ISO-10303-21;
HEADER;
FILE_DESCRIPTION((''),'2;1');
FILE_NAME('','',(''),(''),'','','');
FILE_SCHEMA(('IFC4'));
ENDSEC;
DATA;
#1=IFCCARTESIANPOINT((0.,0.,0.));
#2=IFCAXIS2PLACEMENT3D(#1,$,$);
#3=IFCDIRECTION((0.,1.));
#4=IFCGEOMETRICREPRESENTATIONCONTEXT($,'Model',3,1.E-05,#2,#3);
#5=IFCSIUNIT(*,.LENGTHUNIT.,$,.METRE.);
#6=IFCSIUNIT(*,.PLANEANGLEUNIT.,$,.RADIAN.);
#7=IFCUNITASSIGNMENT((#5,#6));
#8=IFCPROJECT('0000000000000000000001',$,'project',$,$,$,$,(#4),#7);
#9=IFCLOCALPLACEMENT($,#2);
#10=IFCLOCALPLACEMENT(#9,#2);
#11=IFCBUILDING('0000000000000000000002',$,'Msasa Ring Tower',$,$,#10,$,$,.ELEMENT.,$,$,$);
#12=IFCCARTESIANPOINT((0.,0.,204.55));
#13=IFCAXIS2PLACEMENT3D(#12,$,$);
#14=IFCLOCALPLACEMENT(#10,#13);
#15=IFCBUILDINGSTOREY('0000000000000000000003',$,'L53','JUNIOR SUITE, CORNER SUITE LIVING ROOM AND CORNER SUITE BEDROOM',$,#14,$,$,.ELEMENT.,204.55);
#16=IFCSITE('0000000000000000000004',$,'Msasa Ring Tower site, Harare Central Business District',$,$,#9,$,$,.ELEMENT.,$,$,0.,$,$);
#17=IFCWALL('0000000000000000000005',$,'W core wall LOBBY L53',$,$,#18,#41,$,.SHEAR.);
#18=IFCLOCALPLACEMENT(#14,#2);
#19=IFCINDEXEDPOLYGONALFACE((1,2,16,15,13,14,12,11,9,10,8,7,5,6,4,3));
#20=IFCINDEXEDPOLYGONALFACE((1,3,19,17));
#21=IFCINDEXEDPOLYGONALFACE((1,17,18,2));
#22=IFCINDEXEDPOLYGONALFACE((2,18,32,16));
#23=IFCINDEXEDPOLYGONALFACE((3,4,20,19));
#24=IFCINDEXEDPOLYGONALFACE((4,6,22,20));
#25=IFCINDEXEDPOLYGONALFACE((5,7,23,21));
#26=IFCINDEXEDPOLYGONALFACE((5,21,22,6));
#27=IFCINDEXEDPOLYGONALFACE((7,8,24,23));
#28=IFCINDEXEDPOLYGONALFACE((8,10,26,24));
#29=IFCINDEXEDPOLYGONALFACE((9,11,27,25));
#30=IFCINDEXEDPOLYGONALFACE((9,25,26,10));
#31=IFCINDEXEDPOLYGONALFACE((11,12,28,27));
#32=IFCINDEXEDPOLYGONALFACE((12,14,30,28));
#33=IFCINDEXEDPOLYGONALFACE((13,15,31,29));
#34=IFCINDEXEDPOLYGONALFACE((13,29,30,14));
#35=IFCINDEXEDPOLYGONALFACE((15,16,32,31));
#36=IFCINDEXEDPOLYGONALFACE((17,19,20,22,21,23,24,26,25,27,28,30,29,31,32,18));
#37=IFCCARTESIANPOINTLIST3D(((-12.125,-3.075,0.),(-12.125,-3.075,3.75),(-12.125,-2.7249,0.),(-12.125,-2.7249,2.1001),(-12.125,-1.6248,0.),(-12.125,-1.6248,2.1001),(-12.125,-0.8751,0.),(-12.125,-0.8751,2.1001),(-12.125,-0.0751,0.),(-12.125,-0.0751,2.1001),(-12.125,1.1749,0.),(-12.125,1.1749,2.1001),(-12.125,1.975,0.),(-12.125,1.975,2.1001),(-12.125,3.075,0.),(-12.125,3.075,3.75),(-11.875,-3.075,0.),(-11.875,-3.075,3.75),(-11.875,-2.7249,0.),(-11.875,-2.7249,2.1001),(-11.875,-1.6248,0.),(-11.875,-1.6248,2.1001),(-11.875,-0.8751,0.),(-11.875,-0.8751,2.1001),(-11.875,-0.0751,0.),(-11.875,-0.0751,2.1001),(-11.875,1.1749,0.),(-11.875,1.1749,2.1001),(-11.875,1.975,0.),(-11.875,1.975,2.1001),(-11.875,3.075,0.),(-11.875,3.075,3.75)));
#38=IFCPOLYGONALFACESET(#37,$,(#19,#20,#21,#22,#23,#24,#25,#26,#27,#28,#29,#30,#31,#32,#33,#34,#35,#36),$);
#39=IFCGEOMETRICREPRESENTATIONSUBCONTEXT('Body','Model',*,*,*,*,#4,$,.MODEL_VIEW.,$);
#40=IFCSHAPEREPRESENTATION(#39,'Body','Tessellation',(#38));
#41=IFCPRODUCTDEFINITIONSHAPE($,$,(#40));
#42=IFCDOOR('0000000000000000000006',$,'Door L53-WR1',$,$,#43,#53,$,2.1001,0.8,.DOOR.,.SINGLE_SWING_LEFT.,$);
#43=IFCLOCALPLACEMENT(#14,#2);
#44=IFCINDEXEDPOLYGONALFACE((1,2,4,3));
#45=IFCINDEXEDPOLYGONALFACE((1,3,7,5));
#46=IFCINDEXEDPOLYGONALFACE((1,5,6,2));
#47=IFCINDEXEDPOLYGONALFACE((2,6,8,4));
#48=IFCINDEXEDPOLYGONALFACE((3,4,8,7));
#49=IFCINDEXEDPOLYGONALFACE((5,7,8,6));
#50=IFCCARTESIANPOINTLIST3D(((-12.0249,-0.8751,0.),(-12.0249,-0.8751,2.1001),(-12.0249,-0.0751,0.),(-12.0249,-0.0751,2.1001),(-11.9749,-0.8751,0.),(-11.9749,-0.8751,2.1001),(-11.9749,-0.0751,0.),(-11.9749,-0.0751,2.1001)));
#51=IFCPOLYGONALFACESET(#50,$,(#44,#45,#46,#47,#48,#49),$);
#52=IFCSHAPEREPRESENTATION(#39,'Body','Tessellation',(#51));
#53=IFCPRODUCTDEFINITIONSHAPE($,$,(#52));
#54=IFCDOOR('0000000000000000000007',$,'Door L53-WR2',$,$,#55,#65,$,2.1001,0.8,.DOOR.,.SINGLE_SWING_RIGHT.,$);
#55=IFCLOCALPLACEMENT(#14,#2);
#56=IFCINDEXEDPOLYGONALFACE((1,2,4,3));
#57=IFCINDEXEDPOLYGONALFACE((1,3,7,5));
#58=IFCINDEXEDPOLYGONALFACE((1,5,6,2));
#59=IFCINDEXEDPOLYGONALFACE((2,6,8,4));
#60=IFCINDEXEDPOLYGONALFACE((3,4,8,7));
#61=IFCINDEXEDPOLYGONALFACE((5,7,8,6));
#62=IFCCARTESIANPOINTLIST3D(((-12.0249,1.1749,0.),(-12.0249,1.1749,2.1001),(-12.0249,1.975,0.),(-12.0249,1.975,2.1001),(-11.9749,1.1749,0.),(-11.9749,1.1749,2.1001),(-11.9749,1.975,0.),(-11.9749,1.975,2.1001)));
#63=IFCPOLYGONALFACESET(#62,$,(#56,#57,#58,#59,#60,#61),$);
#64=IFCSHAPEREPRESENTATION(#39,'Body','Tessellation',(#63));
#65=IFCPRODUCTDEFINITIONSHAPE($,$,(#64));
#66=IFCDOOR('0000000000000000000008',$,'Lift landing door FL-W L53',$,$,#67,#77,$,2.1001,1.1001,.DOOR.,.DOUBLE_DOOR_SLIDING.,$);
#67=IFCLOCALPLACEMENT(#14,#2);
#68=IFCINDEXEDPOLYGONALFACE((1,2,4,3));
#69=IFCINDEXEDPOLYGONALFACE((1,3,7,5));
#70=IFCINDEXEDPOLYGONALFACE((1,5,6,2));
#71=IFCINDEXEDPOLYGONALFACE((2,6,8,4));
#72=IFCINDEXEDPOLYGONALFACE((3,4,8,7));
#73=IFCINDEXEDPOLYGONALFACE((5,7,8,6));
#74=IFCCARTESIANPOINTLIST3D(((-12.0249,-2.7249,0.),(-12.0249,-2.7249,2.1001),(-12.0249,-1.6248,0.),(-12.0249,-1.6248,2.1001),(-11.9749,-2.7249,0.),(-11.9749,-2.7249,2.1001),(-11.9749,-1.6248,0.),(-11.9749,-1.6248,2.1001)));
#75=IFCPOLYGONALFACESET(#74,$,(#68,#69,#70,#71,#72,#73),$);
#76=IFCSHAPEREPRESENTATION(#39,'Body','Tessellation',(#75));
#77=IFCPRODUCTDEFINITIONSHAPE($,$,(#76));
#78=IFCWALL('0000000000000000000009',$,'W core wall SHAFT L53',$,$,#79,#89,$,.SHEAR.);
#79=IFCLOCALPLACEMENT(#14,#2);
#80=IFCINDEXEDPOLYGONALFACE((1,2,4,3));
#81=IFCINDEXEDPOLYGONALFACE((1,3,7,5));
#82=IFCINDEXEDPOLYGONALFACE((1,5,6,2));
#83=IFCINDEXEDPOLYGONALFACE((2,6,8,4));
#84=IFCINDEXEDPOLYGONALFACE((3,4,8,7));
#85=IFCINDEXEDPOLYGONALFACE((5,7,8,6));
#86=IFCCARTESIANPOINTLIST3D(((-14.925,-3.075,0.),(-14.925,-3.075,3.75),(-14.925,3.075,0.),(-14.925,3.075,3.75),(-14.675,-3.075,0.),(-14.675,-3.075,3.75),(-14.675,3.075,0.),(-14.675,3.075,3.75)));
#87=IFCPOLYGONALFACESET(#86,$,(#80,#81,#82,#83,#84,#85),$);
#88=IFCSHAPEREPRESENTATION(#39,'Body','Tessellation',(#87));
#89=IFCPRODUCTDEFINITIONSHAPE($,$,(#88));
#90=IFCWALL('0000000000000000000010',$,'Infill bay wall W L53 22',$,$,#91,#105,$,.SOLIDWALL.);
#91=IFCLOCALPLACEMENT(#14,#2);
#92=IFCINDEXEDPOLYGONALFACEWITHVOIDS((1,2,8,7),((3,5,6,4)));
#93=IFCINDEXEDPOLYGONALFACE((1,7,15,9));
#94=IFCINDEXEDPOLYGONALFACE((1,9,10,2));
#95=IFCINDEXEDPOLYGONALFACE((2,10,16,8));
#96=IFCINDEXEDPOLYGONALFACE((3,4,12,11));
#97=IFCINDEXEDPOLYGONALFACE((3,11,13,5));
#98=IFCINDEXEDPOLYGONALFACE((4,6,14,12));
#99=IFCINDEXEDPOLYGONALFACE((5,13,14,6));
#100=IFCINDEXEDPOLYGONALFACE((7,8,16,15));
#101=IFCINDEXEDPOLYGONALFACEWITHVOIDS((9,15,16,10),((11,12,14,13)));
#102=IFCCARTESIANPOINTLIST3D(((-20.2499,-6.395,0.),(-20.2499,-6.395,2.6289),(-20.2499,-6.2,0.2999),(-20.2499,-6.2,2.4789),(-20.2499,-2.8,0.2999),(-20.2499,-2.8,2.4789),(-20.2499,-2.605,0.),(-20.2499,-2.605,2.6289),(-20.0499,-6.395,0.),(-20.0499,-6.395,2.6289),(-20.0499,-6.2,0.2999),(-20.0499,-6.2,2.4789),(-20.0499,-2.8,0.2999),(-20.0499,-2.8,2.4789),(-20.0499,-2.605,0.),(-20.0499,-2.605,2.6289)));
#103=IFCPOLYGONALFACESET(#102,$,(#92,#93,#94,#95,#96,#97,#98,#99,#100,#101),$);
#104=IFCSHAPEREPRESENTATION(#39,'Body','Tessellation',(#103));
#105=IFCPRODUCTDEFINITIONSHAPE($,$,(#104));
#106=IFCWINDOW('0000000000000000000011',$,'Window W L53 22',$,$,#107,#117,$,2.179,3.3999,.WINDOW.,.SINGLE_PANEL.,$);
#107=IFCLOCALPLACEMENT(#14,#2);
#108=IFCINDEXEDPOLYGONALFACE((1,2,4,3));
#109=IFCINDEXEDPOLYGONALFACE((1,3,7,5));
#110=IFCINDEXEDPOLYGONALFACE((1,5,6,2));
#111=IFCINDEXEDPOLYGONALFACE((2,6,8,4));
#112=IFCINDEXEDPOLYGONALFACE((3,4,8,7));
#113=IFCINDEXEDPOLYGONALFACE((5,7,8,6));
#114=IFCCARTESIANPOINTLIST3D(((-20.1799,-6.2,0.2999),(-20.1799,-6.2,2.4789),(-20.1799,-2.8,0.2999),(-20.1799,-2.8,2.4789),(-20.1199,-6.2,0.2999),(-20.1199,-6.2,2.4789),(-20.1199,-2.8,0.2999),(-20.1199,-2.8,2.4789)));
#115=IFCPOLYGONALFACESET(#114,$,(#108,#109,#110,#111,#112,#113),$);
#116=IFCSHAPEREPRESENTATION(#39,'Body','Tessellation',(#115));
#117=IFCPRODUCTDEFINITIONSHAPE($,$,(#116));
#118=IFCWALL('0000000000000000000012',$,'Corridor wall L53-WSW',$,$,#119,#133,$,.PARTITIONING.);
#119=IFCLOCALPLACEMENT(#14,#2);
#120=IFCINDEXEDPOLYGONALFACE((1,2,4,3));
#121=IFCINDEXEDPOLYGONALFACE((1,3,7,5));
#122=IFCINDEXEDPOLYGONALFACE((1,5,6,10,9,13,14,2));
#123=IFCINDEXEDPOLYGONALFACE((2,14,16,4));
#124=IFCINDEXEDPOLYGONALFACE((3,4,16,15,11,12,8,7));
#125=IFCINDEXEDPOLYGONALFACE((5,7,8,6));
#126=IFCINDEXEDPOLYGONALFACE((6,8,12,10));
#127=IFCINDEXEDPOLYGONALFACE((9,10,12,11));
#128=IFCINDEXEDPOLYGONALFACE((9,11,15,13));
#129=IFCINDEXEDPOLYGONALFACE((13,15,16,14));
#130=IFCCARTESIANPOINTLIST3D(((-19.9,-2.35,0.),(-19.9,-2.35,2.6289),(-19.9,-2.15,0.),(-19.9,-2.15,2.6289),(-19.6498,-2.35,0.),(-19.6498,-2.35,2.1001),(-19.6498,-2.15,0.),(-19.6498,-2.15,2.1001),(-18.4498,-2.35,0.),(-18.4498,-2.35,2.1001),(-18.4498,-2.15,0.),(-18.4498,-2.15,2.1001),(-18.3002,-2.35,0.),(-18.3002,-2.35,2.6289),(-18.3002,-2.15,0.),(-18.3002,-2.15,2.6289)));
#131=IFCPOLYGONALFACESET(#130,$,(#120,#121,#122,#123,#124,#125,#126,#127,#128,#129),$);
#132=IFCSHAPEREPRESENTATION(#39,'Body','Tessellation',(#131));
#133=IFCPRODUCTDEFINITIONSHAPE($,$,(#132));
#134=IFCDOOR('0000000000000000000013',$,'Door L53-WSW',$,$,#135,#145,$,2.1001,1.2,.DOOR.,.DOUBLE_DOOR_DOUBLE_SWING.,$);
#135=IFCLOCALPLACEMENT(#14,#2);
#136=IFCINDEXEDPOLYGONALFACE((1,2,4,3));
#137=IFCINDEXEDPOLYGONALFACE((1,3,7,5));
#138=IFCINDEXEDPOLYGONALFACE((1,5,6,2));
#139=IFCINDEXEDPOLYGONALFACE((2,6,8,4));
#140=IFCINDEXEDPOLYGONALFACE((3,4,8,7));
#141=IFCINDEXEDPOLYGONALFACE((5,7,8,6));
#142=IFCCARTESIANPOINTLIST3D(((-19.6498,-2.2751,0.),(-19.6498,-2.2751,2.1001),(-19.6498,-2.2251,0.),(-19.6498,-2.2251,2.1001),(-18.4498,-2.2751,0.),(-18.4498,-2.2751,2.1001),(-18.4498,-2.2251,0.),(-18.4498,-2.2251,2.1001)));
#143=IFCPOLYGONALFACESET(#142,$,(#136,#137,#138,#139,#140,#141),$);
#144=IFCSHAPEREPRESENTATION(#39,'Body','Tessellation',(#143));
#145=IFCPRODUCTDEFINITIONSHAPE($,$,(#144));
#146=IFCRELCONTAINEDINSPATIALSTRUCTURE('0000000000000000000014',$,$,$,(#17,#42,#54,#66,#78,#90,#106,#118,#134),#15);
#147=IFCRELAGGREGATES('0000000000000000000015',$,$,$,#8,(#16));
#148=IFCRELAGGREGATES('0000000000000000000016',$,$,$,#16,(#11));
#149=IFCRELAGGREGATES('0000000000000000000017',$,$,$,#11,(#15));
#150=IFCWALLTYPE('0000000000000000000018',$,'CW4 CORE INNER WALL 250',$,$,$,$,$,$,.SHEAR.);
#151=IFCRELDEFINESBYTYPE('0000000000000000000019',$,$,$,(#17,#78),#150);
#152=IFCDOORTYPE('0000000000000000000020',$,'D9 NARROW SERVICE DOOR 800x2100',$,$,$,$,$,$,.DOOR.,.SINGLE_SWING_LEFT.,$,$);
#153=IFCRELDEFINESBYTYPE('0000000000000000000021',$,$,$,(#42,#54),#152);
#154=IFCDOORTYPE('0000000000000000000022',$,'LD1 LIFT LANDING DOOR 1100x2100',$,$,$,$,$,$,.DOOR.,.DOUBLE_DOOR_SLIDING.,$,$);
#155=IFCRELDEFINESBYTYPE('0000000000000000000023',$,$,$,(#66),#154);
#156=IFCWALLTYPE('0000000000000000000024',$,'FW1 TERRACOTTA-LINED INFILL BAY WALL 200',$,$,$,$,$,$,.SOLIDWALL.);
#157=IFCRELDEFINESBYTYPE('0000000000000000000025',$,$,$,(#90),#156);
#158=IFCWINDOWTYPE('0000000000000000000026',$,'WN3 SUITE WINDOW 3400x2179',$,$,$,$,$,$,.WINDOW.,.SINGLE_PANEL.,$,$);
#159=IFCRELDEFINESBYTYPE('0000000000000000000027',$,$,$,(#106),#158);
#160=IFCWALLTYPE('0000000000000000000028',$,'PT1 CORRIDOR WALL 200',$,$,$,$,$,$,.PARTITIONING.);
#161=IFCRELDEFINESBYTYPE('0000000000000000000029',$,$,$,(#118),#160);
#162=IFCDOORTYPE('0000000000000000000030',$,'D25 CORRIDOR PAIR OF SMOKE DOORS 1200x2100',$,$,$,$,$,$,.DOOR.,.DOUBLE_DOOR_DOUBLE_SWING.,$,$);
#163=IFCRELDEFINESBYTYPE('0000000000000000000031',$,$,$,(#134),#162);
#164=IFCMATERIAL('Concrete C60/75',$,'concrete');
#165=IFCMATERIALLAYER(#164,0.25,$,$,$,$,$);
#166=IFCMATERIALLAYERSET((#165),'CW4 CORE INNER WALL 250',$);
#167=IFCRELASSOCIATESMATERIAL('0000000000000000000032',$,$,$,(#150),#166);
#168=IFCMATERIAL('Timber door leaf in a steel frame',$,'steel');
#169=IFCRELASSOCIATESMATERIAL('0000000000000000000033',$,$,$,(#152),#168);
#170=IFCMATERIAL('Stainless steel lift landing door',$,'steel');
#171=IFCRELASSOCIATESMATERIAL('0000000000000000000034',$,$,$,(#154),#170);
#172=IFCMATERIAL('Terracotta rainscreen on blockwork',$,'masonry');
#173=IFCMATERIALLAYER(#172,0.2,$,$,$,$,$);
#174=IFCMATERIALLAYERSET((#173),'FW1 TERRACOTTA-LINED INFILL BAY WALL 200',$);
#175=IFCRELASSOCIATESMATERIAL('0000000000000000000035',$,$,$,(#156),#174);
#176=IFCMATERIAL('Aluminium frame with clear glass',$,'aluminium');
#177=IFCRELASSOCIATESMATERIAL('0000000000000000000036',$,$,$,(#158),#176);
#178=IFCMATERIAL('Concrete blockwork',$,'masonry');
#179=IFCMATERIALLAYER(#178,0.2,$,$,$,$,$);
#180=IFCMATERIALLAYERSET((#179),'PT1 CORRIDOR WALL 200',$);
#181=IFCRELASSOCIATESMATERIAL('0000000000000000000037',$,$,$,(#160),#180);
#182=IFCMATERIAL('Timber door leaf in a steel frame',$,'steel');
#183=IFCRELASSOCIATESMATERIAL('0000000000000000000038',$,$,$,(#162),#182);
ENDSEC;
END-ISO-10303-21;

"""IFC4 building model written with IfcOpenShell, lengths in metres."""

from ifc_helpers import new_model, si_unit, direction, frame, frame_2d, origin, place, context, subcontext, project, spatial, rectangle, extrude, material, layer, layer_set, type_object, element, fill, save


model = new_model("IFC4")

# Units and contexts
model_context = context("Model", 3, precision=1e-05, world=origin(), true_north=direction((0.0, 1.0)))
body_context = subcontext(model_context, "Body", "Model", "MODEL_VIEW")
ifc_project = project(units=[si_unit("LENGTHUNIT", "METRE"), si_unit("PLANEANGLEUNIT", "RADIAN")], contexts=[model_context])

# Site, building, storey
site_placement = place(None, origin())
site = spatial("IfcSite", under=ifc_project, at=site_placement, Name="Msasa Ring Tower site, Harare Central Business District", CompositionType="ELEMENT", RefElevation=0.0)
building_placement = place(site_placement, origin())
building = spatial("IfcBuilding", under=site, at=building_placement, Name="Msasa Ring Tower", CompositionType="ELEMENT")
storey_placement = place(building_placement, frame((0.0, 0.0, 204.55)))
storey = spatial("IfcBuildingStorey", under=building, at=storey_placement, Name="L53", Description="JUNIOR SUITE, CORNER SUITE LIVING ROOM AND CORNER SUITE BEDROOM", CompositionType="ELEMENT", Elevation=204.55)

# Shared definitions
ifc_material_1 = material(Name="Concrete C60/75", Category="concrete")
ifc_layer_1 = layer(ifc_material_1, 0.25)
ifc_layer_set_1 = layer_set([ifc_layer_1], Name="CW4 CORE INNER WALL 250")
wall_type_1 = type_object("IfcWallType", Name="CW4 CORE INNER WALL 250", PredefinedType="SHEAR", material=ifc_layer_set_1)

# Wall, openings, doors
wall_1_placement = place(storey_placement, frame((-12.0, -3.075, 0.0), z_axis=(0.0, 0.0, 1.0), x_axis=(0.0, 1.0, 0.0)))
wall_1 = element("IfcWall", 1, at=wall_1_placement, inside=storey, type_object=wall_type_1, Name="W core wall LOBBY L53", PredefinedType="SHEAR", context=body_context, shape_type="SweptSolid", body=[
    extrude(rectangle(XDim=6.1499, YDim=0.25, at=frame_2d((3.075, 0.0))), origin(), (0.0, 0.0, 1.0), 3.75),
])
opening_1_placement = place(wall_1_placement, frame((2.2, 0.0, 0.0)))
opening_1 = element("IfcOpeningElement", 2, at=opening_1_placement, cuts=wall_1, PredefinedType="OPENING", context=body_context, shape_type="SweptSolid", body=[
    extrude(rectangle(XDim=0.8, YDim=2.1001, at=frame_2d((0.3999, 1.05))), frame((0.0, 0.135, 0.0), z_axis=(0.0, -1.0, 0.0), x_axis=(1.0, 0.0, 0.0)), (0.0, 0.0, 1.0), 0.27),
])
opening_2_placement = place(wall_1_placement, frame((4.25, 0.0, 0.0)))
opening_2 = element("IfcOpeningElement", 3, at=opening_2_placement, cuts=wall_1, PredefinedType="OPENING", context=body_context, shape_type="SweptSolid", body=[
    extrude(rectangle(XDim=0.8, YDim=2.1001, at=frame_2d((0.3999, 1.05))), frame((0.0, 0.135, 0.0), z_axis=(0.0, -1.0, 0.0), x_axis=(1.0, 0.0, 0.0)), (0.0, 0.0, 1.0), 0.27),
])
opening_3_placement = place(wall_1_placement, frame((0.3501, 0.0, 0.0)))
opening_3 = element("IfcOpeningElement", 4, at=opening_3_placement, cuts=wall_1, PredefinedType="OPENING", context=body_context, shape_type="SweptSolid", body=[
    extrude(rectangle(XDim=1.1001, YDim=2.1001, at=frame_2d((0.55, 1.05))), frame((0.0, 0.135, 0.0), z_axis=(0.0, -1.0, 0.0), x_axis=(1.0, 0.0, 0.0)), (0.0, 0.0, 1.0), 0.27),
])
ifc_material_2 = material(Name="Timber door leaf in a steel frame", Category="steel")
door_type_1 = type_object("IfcDoorType", Name="D9 NARROW SERVICE DOOR 800x2100", OperationType="SINGLE_SWING_LEFT", PredefinedType="DOOR", material=ifc_material_2)
door_1_placement = place(opening_1_placement, origin())
door_1 = element("IfcDoor", 5, at=door_1_placement, inside=storey, type_object=door_type_1, Name="Door L53-WR1", OperationType="SINGLE_SWING_LEFT", OverallHeight=2.1001, OverallWidth=0.8, PredefinedType="DOOR", context=body_context, shape_type="SweptSolid", body=[
    extrude(rectangle(XDim=0.8, YDim=2.1001, at=frame_2d((0.3999, 1.05))), frame((0.0, 0.0249, 0.0), z_axis=(0.0, -1.0, 0.0), x_axis=(1.0, 0.0, 0.0)), (0.0, 0.0, 1.0), 0.05),
])
fill(opening_1, door_1)
door_2_placement = place(opening_2_placement, origin())
door_2 = element("IfcDoor", 6, at=door_2_placement, inside=storey, type_object=door_type_1, Name="Door L53-WR2", OperationType="SINGLE_SWING_RIGHT", OverallHeight=2.1001, OverallWidth=0.8, PredefinedType="DOOR", context=body_context, shape_type="SweptSolid", body=[
    extrude(rectangle(XDim=0.8, YDim=2.1001, at=frame_2d((0.3999, 1.05))), frame((0.0, 0.0249, 0.0), z_axis=(0.0, -1.0, 0.0), x_axis=(1.0, 0.0, 0.0)), (0.0, 0.0, 1.0), 0.05),
])
fill(opening_2, door_2)
ifc_material_3 = material(Name="Stainless steel lift landing door", Category="steel")
door_type_2 = type_object("IfcDoorType", Name="LD1 LIFT LANDING DOOR 1100x2100", OperationType="DOUBLE_DOOR_SLIDING", PredefinedType="DOOR", material=ifc_material_3)
door_3_placement = place(opening_3_placement, origin())
door_3 = element("IfcDoor", 7, at=door_3_placement, inside=storey, type_object=door_type_2, Name="Lift landing door FL-W L53", OperationType="DOUBLE_DOOR_SLIDING", OverallHeight=2.1001, OverallWidth=1.1001, PredefinedType="DOOR", context=body_context, shape_type="SweptSolid", body=[
    extrude(rectangle(XDim=1.1001, YDim=2.1001, at=frame_2d((0.55, 1.05))), frame((0.0, 0.0249, 0.0), z_axis=(0.0, -1.0, 0.0), x_axis=(1.0, 0.0, 0.0)), (0.0, 0.0, 1.0), 0.05),
])
fill(opening_3, door_3)

# Wall
wall_2_placement = place(storey_placement, frame((-14.8, -3.075, 0.0), z_axis=(0.0, 0.0, 1.0), x_axis=(0.0, 1.0, 0.0)))
element("IfcWall", 8, at=wall_2_placement, inside=storey, type_object=wall_type_1, Name="W core wall SHAFT L53", PredefinedType="SHEAR", context=body_context, shape_type="SweptSolid", body=[
    extrude(rectangle(XDim=6.1499, YDim=0.25, at=frame_2d((3.075, 0.0))), origin(), (0.0, 0.0, 1.0), 3.75),
])

# Wall, opening, window
ifc_material_4 = material(Name="Terracotta rainscreen on blockwork", Category="masonry")
ifc_layer_2 = layer(ifc_material_4, 0.2)
ifc_layer_set_2 = layer_set([ifc_layer_2], Name="FW1 TERRACOTTA-LINED INFILL BAY WALL 200")
wall_type_2 = type_object("IfcWallType", Name="FW1 TERRACOTTA-LINED INFILL BAY WALL 200", PredefinedType="SOLIDWALL", material=ifc_layer_set_2)
wall_3_placement = place(storey_placement, frame((-20.1499, -6.395, 0.0), z_axis=(0.0, 0.0, 1.0), x_axis=(0.0, 1.0, 0.0)))
wall_3 = element("IfcWall", 9, at=wall_3_placement, inside=storey, type_object=wall_type_2, Name="Infill bay wall W L53 22", PredefinedType="SOLIDWALL", context=body_context, shape_type="SweptSolid", body=[
    extrude(rectangle(XDim=3.79, YDim=0.2, at=frame_2d((1.895, 0.0))), origin(), (0.0, 0.0, 1.0), 2.6289),
])
opening_4_placement = place(wall_3_placement, frame((0.1951, 0.0, 0.3)))
opening_4 = element("IfcOpeningElement", 10, at=opening_4_placement, cuts=wall_3, PredefinedType="OPENING", context=body_context, shape_type="SweptSolid", body=[
    extrude(rectangle(XDim=3.3999, YDim=2.179, at=frame_2d((1.7, 1.0894))), frame((0.0, 0.1099, 0.0), z_axis=(0.0, -1.0, 0.0), x_axis=(1.0, 0.0, 0.0)), (0.0, 0.0, 1.0), 0.22),
])
ifc_material_5 = material(Name="Aluminium frame with clear glass", Category="aluminium")
window_type = type_object("IfcWindowType", Name="WN3 SUITE WINDOW 3400x2179", PartitioningType="SINGLE_PANEL", PredefinedType="WINDOW", material=ifc_material_5)
window_placement = place(opening_4_placement, origin())
window = element("IfcWindow", 11, at=window_placement, inside=storey, type_object=window_type, Name="Window W L53 22", OverallHeight=2.179, OverallWidth=3.3999, PartitioningType="SINGLE_PANEL", PredefinedType="WINDOW", context=body_context, shape_type="SweptSolid", body=[
    extrude(rectangle(XDim=3.3999, YDim=2.179, at=frame_2d((1.7, 1.0894))), frame((0.0, 0.03, 0.0), z_axis=(0.0, -1.0, 0.0), x_axis=(1.0, 0.0, 0.0)), (0.0, 0.0, 1.0), 0.0601),
])
fill(opening_4, window)

# Wall, opening, door
ifc_material_6 = material(Name="Concrete blockwork", Category="masonry")
ifc_layer_3 = layer(ifc_material_6, 0.2)
ifc_layer_set_3 = layer_set([ifc_layer_3], Name="PT1 CORRIDOR WALL 200")
wall_type_3 = type_object("IfcWallType", Name="PT1 CORRIDOR WALL 200", PredefinedType="PARTITIONING", material=ifc_layer_set_3)
wall_4_placement = place(storey_placement, frame((-19.8999, -2.25, 0.0), z_axis=(0.0, 0.0, 1.0), x_axis=(1.0, 0.0, 0.0)))
wall_4 = element("IfcWall", 12, at=wall_4_placement, inside=storey, type_object=wall_type_3, Name="Corridor wall L53-WSW", PredefinedType="PARTITIONING", context=body_context, shape_type="SweptSolid", body=[
    extrude(rectangle(XDim=1.5999, YDim=0.2, at=frame_2d((0.7998, 0.0))), origin(), (0.0, 0.0, 1.0), 2.6289),
])
opening_5_placement = place(wall_4_placement, frame((0.25, 0.0, 0.0)))
opening_5 = element("IfcOpeningElement", 13, at=opening_5_placement, cuts=wall_4, PredefinedType="OPENING", context=body_context, shape_type="SweptSolid", body=[
    extrude(rectangle(XDim=1.2, YDim=2.1001, at=frame_2d((0.6001, 1.05))), frame((0.0, 0.1099, 0.0), z_axis=(0.0, -1.0, 0.0), x_axis=(1.0, 0.0, 0.0)), (0.0, 0.0, 1.0), 0.22),
])
ifc_material_7 = material(Name="Timber door leaf in a steel frame", Category="steel")
door_type_3 = type_object("IfcDoorType", Name="D25 CORRIDOR PAIR OF SMOKE DOORS 1200x2100", OperationType="DOUBLE_DOOR_DOUBLE_SWING", PredefinedType="DOOR", material=ifc_material_7)
door_4_placement = place(opening_5_placement, origin())
door_4 = element("IfcDoor", 14, at=door_4_placement, inside=storey, type_object=door_type_3, Name="Door L53-WSW", OperationType="DOUBLE_DOOR_DOUBLE_SWING", OverallHeight=2.1001, OverallWidth=1.2, PredefinedType="DOOR", context=body_context, shape_type="SweptSolid", body=[
    extrude(rectangle(XDim=1.2, YDim=2.1001, at=frame_2d((0.6001, 1.05))), frame((0.0, 0.0249, 0.0), z_axis=(0.0, -1.0, 0.0), x_axis=(1.0, 0.0, 0.0)), (0.0, 0.0, 1.0), 0.05),
])
fill(opening_5, door_4)

save(model, "model.ifc")
